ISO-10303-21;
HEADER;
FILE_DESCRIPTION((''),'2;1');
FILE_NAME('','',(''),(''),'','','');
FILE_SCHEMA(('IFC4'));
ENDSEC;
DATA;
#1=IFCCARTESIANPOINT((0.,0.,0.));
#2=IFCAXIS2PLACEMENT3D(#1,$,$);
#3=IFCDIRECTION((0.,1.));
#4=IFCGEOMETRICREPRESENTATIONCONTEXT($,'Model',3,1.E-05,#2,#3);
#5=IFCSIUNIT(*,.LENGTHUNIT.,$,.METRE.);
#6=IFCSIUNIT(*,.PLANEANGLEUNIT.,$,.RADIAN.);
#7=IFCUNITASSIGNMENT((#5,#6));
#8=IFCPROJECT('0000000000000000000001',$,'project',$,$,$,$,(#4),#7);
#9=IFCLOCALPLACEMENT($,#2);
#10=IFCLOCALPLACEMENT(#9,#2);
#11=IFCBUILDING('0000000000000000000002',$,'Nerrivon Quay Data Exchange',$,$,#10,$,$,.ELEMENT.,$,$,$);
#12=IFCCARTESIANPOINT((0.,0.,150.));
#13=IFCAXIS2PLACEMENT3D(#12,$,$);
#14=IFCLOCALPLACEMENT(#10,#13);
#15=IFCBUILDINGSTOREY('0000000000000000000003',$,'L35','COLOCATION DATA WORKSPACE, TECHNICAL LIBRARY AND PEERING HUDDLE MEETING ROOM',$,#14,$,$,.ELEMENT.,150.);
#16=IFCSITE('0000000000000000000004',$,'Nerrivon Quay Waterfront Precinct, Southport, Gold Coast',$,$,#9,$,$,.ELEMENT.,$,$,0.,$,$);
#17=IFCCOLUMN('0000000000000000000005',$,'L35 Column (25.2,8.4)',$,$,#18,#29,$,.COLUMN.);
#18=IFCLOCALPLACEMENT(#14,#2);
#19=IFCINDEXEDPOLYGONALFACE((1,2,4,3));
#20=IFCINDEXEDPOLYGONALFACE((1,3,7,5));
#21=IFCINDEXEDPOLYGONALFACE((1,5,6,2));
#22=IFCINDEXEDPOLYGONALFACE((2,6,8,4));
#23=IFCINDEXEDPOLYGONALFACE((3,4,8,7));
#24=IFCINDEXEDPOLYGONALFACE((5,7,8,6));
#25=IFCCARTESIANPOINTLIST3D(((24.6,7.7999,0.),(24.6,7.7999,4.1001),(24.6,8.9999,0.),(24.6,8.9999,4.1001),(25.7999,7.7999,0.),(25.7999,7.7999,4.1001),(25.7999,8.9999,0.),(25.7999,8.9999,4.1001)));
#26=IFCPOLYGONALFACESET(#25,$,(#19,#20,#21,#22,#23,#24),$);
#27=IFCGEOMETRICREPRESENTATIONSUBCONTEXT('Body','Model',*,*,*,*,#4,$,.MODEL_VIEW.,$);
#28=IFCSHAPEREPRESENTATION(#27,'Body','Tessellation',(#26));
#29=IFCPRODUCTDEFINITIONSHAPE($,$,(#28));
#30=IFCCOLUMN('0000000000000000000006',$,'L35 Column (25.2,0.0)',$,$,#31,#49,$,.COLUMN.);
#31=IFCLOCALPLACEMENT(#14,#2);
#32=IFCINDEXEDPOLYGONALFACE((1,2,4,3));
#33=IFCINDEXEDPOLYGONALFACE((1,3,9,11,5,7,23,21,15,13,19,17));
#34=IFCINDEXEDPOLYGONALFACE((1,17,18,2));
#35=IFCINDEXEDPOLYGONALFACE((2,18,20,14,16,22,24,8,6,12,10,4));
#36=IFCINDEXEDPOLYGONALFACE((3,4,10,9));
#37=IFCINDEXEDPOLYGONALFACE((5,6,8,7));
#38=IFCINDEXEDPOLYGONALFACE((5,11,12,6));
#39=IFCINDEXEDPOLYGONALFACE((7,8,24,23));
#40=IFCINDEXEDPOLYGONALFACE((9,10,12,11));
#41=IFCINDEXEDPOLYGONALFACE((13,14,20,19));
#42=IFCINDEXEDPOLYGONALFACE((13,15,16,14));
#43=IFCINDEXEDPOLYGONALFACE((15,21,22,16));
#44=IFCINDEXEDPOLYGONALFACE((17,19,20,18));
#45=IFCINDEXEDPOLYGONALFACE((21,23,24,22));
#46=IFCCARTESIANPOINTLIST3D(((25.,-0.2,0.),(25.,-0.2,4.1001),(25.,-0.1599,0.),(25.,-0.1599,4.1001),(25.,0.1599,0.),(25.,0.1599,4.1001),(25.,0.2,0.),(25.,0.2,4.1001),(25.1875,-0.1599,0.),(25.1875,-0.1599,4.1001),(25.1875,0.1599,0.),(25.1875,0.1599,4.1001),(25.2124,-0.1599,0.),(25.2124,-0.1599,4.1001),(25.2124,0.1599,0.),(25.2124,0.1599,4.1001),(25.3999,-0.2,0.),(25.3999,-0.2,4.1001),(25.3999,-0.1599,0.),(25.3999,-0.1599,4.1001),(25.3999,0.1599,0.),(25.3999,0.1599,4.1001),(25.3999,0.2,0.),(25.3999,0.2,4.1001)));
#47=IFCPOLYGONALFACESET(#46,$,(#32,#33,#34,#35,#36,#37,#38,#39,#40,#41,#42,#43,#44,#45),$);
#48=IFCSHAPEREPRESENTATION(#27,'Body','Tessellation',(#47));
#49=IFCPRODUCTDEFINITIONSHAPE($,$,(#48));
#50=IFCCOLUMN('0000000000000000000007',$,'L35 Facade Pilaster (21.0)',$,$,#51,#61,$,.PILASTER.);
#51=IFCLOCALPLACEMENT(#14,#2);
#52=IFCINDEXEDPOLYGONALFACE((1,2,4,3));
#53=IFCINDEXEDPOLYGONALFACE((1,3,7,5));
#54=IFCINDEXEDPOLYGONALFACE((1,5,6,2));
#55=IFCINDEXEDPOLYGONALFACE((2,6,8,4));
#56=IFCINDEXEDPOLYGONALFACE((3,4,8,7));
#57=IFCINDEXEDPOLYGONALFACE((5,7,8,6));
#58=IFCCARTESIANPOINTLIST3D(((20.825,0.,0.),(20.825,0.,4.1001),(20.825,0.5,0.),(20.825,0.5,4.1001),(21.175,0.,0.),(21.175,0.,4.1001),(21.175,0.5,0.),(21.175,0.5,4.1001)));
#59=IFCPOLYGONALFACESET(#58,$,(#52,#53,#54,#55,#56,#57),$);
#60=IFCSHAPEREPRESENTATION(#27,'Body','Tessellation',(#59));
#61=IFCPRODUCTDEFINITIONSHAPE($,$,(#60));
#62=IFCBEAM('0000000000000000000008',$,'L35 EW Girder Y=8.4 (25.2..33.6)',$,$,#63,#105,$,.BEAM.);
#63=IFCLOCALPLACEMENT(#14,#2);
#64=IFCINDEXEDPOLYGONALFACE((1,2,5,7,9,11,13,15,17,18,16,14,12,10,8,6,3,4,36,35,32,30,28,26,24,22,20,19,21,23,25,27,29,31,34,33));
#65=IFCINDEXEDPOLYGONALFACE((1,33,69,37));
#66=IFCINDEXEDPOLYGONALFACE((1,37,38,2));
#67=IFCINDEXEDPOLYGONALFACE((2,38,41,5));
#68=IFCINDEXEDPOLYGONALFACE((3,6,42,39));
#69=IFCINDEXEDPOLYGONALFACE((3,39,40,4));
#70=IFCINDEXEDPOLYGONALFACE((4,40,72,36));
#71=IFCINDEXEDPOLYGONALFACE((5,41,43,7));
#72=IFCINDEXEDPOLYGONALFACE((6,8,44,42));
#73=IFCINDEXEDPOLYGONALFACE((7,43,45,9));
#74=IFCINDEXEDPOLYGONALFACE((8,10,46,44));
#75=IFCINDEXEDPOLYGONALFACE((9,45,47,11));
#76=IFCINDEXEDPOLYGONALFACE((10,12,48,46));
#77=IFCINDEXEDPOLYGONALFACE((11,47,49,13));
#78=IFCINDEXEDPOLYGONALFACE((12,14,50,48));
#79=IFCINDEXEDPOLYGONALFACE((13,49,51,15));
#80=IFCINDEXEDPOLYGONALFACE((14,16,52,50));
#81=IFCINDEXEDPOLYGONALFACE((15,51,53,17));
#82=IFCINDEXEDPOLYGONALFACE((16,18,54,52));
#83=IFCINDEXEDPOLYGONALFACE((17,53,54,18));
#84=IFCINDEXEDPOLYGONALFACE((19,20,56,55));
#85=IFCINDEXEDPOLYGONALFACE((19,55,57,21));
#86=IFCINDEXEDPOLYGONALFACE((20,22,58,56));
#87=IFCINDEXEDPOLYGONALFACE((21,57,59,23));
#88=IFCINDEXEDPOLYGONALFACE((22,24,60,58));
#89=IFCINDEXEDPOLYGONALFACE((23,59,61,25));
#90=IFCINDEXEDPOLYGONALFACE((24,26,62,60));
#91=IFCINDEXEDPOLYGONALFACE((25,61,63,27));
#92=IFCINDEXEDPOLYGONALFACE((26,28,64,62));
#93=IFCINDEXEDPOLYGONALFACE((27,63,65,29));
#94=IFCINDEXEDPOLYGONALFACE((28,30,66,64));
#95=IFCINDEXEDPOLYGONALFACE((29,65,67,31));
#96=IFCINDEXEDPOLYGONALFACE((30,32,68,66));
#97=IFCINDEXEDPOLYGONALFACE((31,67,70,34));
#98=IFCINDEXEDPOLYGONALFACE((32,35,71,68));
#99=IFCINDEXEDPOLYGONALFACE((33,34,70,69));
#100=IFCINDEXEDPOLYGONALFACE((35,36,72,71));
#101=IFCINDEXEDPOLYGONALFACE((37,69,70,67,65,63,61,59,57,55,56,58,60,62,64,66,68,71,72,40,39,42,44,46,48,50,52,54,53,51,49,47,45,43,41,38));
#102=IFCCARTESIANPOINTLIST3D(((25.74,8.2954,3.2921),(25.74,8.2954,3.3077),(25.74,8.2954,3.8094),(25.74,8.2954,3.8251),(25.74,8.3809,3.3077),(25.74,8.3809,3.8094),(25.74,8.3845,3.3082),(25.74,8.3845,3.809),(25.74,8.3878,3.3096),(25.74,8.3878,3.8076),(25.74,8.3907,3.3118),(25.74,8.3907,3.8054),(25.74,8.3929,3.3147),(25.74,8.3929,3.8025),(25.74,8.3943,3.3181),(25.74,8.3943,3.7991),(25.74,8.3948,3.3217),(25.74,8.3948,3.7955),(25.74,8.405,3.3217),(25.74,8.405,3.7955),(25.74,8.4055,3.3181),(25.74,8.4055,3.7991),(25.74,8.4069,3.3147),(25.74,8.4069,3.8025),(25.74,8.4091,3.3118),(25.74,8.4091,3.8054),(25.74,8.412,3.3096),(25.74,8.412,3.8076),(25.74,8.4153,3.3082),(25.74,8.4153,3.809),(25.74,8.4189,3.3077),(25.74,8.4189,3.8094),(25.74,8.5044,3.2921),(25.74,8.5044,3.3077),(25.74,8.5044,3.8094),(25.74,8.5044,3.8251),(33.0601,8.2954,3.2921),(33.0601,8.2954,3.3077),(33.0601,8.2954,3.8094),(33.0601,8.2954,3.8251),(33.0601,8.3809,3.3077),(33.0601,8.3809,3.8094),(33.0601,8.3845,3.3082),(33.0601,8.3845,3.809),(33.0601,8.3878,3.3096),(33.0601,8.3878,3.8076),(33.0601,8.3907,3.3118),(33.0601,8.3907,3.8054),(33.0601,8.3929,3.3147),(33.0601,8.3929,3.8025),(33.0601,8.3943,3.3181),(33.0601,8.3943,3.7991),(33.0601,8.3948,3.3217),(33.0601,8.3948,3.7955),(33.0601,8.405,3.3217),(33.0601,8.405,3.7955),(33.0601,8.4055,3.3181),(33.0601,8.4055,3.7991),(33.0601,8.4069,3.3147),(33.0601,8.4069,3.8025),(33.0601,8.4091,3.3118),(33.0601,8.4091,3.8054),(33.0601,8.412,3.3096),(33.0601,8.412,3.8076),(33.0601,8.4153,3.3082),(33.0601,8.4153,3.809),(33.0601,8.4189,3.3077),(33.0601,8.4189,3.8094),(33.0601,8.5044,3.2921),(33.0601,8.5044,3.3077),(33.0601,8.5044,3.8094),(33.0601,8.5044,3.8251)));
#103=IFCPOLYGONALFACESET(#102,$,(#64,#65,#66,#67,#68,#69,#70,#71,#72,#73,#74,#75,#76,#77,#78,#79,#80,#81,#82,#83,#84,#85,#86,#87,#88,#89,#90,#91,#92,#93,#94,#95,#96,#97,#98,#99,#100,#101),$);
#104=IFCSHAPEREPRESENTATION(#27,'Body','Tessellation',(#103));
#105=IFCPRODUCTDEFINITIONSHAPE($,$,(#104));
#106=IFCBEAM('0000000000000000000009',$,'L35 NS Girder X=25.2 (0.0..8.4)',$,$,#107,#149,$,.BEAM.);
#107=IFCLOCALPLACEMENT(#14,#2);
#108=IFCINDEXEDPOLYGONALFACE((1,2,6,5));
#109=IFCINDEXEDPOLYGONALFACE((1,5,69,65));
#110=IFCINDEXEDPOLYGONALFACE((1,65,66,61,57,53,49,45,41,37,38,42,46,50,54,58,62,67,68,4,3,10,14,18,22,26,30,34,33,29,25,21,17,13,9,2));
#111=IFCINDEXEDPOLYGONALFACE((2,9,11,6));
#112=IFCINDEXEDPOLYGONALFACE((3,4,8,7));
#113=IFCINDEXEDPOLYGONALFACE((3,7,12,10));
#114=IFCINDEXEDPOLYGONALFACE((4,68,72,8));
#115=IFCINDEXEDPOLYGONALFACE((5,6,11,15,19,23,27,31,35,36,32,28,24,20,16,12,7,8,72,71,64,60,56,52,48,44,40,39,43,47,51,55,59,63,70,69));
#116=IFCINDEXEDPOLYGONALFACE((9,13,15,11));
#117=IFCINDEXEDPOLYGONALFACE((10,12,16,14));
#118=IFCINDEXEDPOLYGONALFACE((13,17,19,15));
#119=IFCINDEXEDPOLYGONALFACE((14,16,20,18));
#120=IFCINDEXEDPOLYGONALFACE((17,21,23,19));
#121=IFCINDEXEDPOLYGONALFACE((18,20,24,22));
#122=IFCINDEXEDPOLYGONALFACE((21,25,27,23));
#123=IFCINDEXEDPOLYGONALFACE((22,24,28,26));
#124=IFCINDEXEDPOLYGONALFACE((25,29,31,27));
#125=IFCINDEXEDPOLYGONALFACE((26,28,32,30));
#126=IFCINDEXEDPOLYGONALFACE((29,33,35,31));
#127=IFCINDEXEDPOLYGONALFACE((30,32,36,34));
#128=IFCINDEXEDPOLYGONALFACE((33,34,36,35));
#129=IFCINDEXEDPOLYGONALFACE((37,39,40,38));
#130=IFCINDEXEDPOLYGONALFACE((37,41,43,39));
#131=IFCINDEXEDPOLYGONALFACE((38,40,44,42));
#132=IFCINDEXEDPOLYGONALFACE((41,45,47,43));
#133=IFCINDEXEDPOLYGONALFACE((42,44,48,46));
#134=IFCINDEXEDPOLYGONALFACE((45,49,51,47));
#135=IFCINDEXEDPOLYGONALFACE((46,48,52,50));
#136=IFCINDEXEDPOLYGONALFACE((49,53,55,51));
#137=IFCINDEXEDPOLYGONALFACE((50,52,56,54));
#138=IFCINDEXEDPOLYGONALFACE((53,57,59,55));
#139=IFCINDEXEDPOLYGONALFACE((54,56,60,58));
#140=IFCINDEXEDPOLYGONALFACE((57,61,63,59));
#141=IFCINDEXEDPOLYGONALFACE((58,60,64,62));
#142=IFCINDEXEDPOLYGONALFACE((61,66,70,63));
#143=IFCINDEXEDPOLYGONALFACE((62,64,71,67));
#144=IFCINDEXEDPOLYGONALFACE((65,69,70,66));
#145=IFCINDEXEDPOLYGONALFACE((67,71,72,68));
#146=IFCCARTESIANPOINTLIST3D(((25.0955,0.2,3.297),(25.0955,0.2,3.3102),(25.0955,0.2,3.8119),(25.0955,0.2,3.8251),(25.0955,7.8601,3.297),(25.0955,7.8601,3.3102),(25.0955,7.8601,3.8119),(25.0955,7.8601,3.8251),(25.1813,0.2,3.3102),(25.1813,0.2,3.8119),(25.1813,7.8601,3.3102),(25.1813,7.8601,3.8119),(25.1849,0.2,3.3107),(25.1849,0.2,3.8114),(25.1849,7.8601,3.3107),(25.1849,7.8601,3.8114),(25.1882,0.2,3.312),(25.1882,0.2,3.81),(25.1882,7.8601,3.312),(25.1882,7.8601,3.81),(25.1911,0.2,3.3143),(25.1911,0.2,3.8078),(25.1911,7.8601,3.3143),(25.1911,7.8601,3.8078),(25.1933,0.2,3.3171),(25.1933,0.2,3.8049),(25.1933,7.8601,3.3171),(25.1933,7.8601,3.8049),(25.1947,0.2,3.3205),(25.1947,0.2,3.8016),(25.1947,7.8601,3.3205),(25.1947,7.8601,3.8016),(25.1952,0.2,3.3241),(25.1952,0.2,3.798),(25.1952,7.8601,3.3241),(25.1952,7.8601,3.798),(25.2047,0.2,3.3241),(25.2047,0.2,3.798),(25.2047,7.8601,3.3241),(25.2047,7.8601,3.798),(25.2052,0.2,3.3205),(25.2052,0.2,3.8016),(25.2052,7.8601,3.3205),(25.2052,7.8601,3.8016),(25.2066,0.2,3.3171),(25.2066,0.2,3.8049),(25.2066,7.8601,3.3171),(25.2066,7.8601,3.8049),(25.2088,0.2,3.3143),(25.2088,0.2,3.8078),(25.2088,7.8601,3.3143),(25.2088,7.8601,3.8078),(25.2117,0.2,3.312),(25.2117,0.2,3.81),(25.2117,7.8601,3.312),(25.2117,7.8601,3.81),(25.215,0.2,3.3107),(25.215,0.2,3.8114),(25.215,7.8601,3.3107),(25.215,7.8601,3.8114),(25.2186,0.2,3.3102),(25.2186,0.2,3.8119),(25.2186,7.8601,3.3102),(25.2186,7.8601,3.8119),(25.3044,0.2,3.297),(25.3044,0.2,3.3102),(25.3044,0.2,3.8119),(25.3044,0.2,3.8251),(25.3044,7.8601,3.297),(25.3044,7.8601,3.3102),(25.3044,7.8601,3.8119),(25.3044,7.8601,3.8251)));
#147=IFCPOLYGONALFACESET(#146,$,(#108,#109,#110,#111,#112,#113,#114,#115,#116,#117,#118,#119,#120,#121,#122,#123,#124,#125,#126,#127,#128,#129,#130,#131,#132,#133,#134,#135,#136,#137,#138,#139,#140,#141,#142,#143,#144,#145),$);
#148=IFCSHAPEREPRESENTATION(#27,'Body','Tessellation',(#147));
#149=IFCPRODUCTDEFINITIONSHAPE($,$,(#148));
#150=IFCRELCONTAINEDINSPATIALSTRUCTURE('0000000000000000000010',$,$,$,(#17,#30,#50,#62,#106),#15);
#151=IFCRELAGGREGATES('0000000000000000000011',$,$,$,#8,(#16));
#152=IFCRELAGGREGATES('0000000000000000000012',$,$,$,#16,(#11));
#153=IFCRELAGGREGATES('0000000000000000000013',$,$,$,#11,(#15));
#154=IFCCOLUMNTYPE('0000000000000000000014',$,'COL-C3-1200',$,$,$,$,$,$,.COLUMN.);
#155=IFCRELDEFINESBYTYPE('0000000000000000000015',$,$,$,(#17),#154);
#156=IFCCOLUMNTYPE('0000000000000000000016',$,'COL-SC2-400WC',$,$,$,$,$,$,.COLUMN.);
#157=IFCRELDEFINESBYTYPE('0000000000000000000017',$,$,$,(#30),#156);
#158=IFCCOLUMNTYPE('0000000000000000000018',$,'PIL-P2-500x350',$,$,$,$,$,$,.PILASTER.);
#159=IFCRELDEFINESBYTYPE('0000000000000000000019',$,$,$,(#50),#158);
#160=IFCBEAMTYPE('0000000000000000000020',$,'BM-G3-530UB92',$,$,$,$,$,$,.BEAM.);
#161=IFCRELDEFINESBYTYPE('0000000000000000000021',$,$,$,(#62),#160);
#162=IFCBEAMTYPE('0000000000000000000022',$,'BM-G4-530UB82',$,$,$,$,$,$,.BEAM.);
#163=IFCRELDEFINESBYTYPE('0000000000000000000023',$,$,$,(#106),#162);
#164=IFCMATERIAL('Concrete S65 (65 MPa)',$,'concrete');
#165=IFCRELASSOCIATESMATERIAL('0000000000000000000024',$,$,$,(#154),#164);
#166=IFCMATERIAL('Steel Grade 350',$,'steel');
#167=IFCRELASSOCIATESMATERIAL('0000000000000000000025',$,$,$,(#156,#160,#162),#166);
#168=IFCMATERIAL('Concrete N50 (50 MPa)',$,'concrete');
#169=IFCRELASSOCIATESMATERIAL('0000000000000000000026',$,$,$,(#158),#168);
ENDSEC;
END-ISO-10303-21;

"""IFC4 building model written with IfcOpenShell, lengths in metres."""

from ifc_helpers import new_model, si_unit, direction, frame, origin, origin_2d, place, context, subcontext, project, spatial, rectangle, i_section, extrude, material, material_profile, profile_set, type_object, element, save


model = new_model("IFC4")

# Units and contexts
model_context = context("Model", 3, precision=1e-05, world=origin(), true_north=direction((0.0, 1.0)))
body_context = subcontext(model_context, "Body", "Model", "MODEL_VIEW")
ifc_project = project(units=[si_unit("LENGTHUNIT", "METRE"), si_unit("PLANEANGLEUNIT", "RADIAN")], contexts=[model_context])

# Site, building, storey
site_placement = place(None, origin())
site = spatial("IfcSite", under=ifc_project, at=site_placement, Name="Nerrivon Quay Waterfront Precinct, Southport, Gold Coast", CompositionType="ELEMENT", RefElevation=0.0)
building_placement = place(site_placement, origin())
building = spatial("IfcBuilding", under=site, at=building_placement, Name="Nerrivon Quay Data Exchange", CompositionType="ELEMENT")
storey_placement = place(building_placement, frame((0.0, 0.0, 150.0)))
storey = spatial("IfcBuildingStorey", under=building, at=storey_placement, Name="L35", Description="COLOCATION DATA WORKSPACE, TECHNICAL LIBRARY AND PEERING HUDDLE MEETING ROOM", CompositionType="ELEMENT", Elevation=150.0)

# Columns
ifc_material_1 = material(Name="Concrete S65 (65 MPa)", Category="concrete")
ifc_material_profile_1 = material_profile(ifc_material_1, rectangle(XDim=1.2, YDim=1.2, at=origin_2d()), Name="RC-COL-1200x1200")
ifc_profile_set_1 = profile_set([ifc_material_profile_1], Name="Concrete S65 (65 MPa)")
column_type_1 = type_object("IfcColumnType", Name="COL-C3-1200", PredefinedType="COLUMN", material=ifc_profile_set_1)
column_1_placement = place(storey_placement, frame((25.2, 8.3999, 0.0), z_axis=(0.0, 0.0, 1.0), x_axis=(1.0, 0.0, 0.0)))
element("IfcColumn", 1, at=column_1_placement, inside=storey, type_object=column_type_1, Name="L35 Column (25.2,8.4)", PredefinedType="COLUMN", context=body_context, shape_type="SweptSolid", body=[
    extrude(rectangle(XDim=1.2, YDim=1.2, at=origin_2d()), origin(), (0.0, 0.0, 1.0), 4.1001),
])
ifc_material_2 = material(Name="Steel Grade 350", Category="steel")
ifc_material_profile_2 = material_profile(ifc_material_2, i_section(OverallWidth=0.3999, OverallDepth=0.3999, WebThickness=0.0249, FlangeThickness=0.04, at=origin_2d()), Name="400WC328")
ifc_profile_set_2 = profile_set([ifc_material_profile_2], Name="Steel Grade 350")
column_type_2 = type_object("IfcColumnType", Name="COL-SC2-400WC", PredefinedType="COLUMN", material=ifc_profile_set_2)
column_2_placement = place(storey_placement, frame((25.2, 0.0, 0.0), z_axis=(0.0, 0.0, 1.0), x_axis=(1.0, 0.0, 0.0)))
element("IfcColumn", 2, at=column_2_placement, inside=storey, type_object=column_type_2, Name="L35 Column (25.2,0.0)", PredefinedType="COLUMN", context=body_context, shape_type="SweptSolid", body=[
    extrude(i_section(OverallWidth=0.3999, OverallDepth=0.3999, WebThickness=0.0249, FlangeThickness=0.04, at=origin_2d()), origin(), (0.0, 0.0, 1.0), 4.1001),
])
ifc_material_3 = material(Name="Concrete N50 (50 MPa)", Category="concrete")
ifc_material_profile_3 = material_profile(ifc_material_3, rectangle(XDim=0.3501, YDim=0.5, at=origin_2d()), Name="RC-PIL-500x350")
ifc_profile_set_3 = profile_set([ifc_material_profile_3], Name="Concrete N50 (50 MPa)")
column_type_3 = type_object("IfcColumnType", Name="PIL-P2-500x350", PredefinedType="PILASTER", material=ifc_profile_set_3)
column_3_placement = place(storey_placement, frame((21.0, 0.25, 0.0), z_axis=(0.0, 0.0, 1.0), x_axis=(1.0, 0.0, 0.0)))
element("IfcColumn", 3, at=column_3_placement, inside=storey, type_object=column_type_3, Name="L35 Facade Pilaster (21.0)", PredefinedType="PILASTER", context=body_context, shape_type="SweptSolid", body=[
    extrude(rectangle(XDim=0.3501, YDim=0.5, at=origin_2d()), origin(), (0.0, 0.0, 1.0), 4.1001),
])

# Beams
ifc_material_profile_4 = material_profile(ifc_material_2, i_section(OverallWidth=0.209, OverallDepth=0.533, WebThickness=0.0103, FlangeThickness=0.0156, FilletRadius=0.0139, at=origin_2d()), Name="530UB92.4")
ifc_profile_set_4 = profile_set([ifc_material_profile_4], Name="Steel Grade 350")
beam_type_1 = type_object("IfcBeamType", Name="BM-G3-530UB92", PredefinedType="BEAM", material=ifc_profile_set_4)
beam_1_placement = place(storey_placement, frame((25.74, 8.3999, 3.5586), z_axis=(1.0, 0.0, 0.0), x_axis=(0.0, 1.0, 0.0)))
element("IfcBeam", 4, at=beam_1_placement, inside=storey, type_object=beam_type_1, Name="L35 EW Girder Y=8.4 (25.2..33.6)", PredefinedType="BEAM", context=body_context, shape_type="SweptSolid", body=[
    extrude(i_section(OverallWidth=0.209, OverallDepth=0.533, WebThickness=0.0103, FlangeThickness=0.0156, FilletRadius=0.0139, at=origin_2d()), origin(), (0.0, 0.0, 1.0), 7.3201),
])
ifc_material_profile_5 = material_profile(ifc_material_2, i_section(OverallWidth=0.209, OverallDepth=0.5281, WebThickness=0.0095, FlangeThickness=0.0132, FilletRadius=0.0139, at=origin_2d()), Name="530UB82.0")
ifc_profile_set_5 = profile_set([ifc_material_profile_5], Name="Steel Grade 350")
beam_type_2 = type_object("IfcBeamType", Name="BM-G4-530UB82", PredefinedType="BEAM", material=ifc_profile_set_5)
beam_2_placement = place(storey_placement, frame((25.2, 0.2, 3.561), z_axis=(0.0, 1.0, 0.0), x_axis=(-1.0, 0.0, 0.0)))
element("IfcBeam", 5, at=beam_2_placement, inside=storey, type_object=beam_type_2, Name="L35 NS Girder X=25.2 (0.0..8.4)", PredefinedType="BEAM", context=body_context, shape_type="SweptSolid", body=[
    extrude(i_section(OverallWidth=0.209, OverallDepth=0.5281, WebThickness=0.0095, FlangeThickness=0.0132, FilletRadius=0.0139, at=origin_2d()), origin(), (0.0, 0.0, 1.0), 7.6602),
])

save(model, "model.ifc")
